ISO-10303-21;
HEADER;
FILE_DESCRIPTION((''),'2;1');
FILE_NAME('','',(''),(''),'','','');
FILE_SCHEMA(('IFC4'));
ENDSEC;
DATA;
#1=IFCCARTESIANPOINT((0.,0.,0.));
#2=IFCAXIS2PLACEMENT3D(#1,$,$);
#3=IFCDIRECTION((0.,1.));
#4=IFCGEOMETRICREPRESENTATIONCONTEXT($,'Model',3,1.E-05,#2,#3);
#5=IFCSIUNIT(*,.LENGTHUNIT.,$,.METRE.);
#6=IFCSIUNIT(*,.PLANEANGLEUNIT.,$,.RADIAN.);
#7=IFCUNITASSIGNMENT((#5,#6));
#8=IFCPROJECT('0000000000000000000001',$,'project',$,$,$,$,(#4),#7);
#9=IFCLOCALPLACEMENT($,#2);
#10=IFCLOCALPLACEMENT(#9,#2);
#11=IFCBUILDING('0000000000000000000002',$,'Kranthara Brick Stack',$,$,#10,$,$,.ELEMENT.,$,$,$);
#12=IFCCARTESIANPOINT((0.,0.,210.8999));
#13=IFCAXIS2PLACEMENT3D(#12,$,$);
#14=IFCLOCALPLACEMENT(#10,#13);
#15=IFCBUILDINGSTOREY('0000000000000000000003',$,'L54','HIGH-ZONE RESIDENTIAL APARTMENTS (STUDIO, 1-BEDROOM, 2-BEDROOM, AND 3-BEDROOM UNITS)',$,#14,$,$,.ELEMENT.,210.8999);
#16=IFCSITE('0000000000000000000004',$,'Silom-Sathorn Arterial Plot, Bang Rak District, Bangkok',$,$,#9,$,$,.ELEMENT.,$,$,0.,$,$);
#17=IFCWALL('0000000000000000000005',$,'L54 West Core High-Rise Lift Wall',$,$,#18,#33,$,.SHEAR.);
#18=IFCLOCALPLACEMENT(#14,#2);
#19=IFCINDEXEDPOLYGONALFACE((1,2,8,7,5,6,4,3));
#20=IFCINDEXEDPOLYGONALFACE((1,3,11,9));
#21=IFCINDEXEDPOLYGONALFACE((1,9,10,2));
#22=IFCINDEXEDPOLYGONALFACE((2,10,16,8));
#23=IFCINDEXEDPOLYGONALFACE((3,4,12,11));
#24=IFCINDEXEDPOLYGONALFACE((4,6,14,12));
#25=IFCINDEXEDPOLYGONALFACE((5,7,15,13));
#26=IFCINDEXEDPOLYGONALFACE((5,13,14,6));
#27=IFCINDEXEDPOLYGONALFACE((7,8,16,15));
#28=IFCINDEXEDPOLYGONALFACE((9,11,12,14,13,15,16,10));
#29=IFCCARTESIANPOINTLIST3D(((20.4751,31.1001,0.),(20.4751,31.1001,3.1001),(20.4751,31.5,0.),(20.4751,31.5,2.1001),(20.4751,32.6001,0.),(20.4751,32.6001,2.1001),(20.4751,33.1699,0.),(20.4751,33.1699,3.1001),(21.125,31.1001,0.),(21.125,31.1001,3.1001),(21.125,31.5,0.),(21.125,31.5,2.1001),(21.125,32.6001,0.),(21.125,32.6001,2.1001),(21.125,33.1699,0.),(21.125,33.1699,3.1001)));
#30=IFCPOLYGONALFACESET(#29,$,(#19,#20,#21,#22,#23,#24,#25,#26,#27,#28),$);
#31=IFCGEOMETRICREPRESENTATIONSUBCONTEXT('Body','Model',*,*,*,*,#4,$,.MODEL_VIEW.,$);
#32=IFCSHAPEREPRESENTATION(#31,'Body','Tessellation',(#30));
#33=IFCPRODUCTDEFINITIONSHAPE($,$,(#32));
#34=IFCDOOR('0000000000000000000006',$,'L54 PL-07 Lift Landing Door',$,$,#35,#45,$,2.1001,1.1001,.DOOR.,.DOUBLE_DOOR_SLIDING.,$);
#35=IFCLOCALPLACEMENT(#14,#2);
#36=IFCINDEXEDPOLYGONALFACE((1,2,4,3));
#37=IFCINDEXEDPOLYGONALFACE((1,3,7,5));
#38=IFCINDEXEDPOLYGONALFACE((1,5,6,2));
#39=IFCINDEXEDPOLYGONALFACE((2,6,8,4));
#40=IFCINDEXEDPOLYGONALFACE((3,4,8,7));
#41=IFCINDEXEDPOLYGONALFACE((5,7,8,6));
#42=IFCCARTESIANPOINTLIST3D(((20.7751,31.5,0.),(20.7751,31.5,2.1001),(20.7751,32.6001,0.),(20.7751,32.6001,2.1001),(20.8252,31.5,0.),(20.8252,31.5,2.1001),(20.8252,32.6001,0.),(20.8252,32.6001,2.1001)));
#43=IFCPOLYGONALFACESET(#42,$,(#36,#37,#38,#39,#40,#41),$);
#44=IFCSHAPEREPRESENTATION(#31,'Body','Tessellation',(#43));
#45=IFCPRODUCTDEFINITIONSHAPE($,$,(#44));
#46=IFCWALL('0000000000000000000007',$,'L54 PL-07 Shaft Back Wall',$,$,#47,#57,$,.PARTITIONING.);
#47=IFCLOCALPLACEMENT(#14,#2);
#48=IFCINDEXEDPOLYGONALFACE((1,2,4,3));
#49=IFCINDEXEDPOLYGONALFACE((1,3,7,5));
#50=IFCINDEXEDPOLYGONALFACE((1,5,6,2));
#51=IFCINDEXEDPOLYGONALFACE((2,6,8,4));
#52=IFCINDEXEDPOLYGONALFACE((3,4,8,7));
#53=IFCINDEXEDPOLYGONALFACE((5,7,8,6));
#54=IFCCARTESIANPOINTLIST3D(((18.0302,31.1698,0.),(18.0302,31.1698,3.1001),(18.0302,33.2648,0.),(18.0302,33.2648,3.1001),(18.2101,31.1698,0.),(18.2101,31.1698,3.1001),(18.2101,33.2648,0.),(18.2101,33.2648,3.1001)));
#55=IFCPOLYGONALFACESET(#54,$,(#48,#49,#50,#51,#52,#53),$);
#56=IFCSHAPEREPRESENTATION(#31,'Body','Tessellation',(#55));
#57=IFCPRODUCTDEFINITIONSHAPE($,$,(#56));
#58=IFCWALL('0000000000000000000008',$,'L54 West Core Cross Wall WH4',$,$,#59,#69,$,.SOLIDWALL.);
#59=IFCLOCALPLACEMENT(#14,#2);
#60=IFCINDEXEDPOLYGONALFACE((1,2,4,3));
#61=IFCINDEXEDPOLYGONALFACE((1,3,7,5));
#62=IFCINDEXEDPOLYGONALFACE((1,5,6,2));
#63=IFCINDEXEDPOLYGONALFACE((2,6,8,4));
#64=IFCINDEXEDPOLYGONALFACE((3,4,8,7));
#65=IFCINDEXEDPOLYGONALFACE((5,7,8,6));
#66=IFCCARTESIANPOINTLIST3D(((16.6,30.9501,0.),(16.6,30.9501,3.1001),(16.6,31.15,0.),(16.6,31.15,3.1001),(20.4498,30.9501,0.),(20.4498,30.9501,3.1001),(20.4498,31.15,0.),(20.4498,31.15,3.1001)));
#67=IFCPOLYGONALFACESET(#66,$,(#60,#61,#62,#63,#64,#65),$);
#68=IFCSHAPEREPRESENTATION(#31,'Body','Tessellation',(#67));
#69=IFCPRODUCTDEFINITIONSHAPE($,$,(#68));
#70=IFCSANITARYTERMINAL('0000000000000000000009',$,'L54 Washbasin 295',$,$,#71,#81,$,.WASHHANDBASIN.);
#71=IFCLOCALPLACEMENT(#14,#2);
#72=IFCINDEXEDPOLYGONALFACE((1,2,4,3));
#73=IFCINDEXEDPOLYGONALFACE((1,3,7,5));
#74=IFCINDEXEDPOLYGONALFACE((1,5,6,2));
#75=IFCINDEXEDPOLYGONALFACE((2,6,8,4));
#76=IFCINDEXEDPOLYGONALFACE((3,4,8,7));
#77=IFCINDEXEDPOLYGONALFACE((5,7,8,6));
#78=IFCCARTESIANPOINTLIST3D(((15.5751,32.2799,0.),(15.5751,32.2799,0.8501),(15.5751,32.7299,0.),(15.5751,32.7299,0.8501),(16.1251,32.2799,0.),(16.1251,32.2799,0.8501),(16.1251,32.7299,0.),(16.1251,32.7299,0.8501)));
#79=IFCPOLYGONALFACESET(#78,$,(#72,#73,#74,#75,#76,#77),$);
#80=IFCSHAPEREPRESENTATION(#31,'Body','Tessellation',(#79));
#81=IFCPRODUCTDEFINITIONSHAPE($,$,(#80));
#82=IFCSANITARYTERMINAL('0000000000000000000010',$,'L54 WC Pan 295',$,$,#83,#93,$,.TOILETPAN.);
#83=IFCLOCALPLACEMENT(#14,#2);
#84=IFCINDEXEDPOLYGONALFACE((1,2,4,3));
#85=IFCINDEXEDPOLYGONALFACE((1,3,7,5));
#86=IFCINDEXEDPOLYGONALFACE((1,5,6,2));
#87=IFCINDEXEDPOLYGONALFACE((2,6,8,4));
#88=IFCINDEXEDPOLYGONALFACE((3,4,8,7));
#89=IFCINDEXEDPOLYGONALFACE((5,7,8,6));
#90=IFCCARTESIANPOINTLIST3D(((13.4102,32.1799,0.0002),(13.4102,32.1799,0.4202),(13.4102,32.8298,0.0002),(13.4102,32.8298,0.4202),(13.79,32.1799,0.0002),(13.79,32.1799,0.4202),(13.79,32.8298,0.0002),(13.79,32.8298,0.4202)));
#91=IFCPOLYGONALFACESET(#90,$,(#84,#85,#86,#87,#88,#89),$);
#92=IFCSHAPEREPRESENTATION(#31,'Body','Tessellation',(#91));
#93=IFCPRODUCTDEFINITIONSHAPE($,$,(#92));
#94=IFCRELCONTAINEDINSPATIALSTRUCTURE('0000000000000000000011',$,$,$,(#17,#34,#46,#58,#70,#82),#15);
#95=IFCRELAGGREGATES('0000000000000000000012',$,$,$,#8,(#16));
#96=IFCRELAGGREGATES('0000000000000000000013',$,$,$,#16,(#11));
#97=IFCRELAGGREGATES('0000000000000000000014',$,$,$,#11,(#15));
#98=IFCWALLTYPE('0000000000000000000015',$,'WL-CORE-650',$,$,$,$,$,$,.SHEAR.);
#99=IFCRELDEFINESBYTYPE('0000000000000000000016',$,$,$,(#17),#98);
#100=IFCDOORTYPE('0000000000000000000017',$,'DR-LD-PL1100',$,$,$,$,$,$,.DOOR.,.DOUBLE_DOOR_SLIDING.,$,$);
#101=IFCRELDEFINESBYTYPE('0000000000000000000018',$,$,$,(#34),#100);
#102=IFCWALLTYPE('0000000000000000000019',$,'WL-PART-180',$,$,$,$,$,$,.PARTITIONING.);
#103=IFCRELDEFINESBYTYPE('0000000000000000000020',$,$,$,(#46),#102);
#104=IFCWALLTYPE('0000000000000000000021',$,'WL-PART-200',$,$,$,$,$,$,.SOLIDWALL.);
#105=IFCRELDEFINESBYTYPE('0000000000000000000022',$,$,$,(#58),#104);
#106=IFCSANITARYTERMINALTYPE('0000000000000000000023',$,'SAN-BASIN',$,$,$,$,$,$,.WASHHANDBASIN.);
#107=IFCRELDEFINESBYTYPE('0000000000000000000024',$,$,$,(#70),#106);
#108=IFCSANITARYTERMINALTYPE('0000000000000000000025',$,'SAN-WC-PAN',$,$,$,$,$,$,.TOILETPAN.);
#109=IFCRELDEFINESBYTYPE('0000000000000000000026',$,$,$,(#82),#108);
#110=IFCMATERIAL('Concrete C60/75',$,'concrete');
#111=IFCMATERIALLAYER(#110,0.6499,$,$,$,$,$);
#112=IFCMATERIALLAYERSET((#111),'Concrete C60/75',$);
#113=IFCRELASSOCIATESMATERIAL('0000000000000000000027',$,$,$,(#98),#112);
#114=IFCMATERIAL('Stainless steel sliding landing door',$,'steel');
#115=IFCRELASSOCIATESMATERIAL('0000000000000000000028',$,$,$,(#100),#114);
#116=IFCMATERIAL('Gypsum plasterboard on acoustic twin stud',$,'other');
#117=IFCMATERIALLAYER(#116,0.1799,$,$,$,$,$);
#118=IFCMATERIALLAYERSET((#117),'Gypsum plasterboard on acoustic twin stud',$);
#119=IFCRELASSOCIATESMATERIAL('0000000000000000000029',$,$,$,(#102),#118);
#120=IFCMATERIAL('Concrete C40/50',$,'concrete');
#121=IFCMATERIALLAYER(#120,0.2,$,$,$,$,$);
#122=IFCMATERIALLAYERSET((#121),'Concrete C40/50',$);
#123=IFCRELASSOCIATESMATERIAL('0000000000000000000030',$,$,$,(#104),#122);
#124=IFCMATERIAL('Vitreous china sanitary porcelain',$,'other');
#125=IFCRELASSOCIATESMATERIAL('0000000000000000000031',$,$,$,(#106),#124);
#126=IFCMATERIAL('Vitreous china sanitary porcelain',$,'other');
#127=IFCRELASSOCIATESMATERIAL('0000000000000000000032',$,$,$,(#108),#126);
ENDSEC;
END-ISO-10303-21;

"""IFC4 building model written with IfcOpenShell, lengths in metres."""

from ifc_helpers import new_model, si_unit, direction, frame, frame_2d, origin, origin_2d, place, context, subcontext, project, spatial, rectangle, extrude, material, layer, layer_set, type_object, element, fill, save


model = new_model("IFC4")

# Units and contexts
model_context = context("Model", 3, precision=1e-05, world=origin(), true_north=direction((0.0, 1.0)))
body_context = subcontext(model_context, "Body", "Model", "MODEL_VIEW")
ifc_project = project(units=[si_unit("LENGTHUNIT", "METRE"), si_unit("PLANEANGLEUNIT", "RADIAN")], contexts=[model_context])

# Site, building, storey
site_placement = place(None, origin())
site = spatial("IfcSite", under=ifc_project, at=site_placement, Name="Silom-Sathorn Arterial Plot, Bang Rak District, Bangkok", CompositionType="ELEMENT", RefElevation=0.0)
building_placement = place(site_placement, origin())
building = spatial("IfcBuilding", under=site, at=building_placement, Name="Kranthara Brick Stack", CompositionType="ELEMENT")
storey_placement = place(building_placement, frame((0.0, 0.0, 210.8999)))
storey = spatial("IfcBuildingStorey", under=building, at=storey_placement, Name="L54", Description="HIGH-ZONE RESIDENTIAL APARTMENTS (STUDIO, 1-BEDROOM, 2-BEDROOM, AND 3-BEDROOM UNITS)", CompositionType="ELEMENT", Elevation=210.8999)

# Wall, opening, door
ifc_material_1 = material(Name="Concrete C60/75", Category="concrete")
ifc_layer_1 = layer(ifc_material_1, 0.6499)
ifc_layer_set_1 = layer_set([ifc_layer_1], Name="Concrete C60/75")
wall_type_1 = type_object("IfcWallType", Name="WL-CORE-650", PredefinedType="SHEAR", material=ifc_layer_set_1)
wall_1_placement = place(storey_placement, frame((20.8, 31.1001, 0.0), z_axis=(0.0, 0.0, 1.0), x_axis=(0.0, 1.0, 0.0)))
wall_1 = element("IfcWall", 1, at=wall_1_placement, inside=storey, type_object=wall_type_1, Name="L54 West Core High-Rise Lift Wall", PredefinedType="SHEAR", context=body_context, shape_type="SweptSolid", body=[
    extrude(rectangle(XDim=2.0698, YDim=0.6499, at=frame_2d((1.0349, 0.0))), origin(), (0.0, 0.0, 1.0), 3.1001),
])
opening_placement = place(wall_1_placement, frame((0.3999, 0.0, 0.0)))
opening = element("IfcOpeningElement", 2, at=opening_placement, cuts=wall_1, PredefinedType="OPENING", context=body_context, shape_type="SweptSolid", body=[
    extrude(rectangle(XDim=1.1001, YDim=2.1001, at=frame_2d((0.55, 1.05))), frame((0.0, 0.335, 0.0), z_axis=(0.0, -1.0, 0.0), x_axis=(1.0, 0.0, 0.0)), (0.0, 0.0, 1.0), 0.6699),
])
ifc_material_2 = material(Name="Stainless steel sliding landing door", Category="steel")
door_type = type_object("IfcDoorType", Name="DR-LD-PL1100", OperationType="DOUBLE_DOOR_SLIDING", PredefinedType="DOOR", material=ifc_material_2)
door_placement = place(opening_placement, origin())
door = element("IfcDoor", 3, at=door_placement, inside=storey, type_object=door_type, Name="L54 PL-07 Lift Landing Door", OperationType="DOUBLE_DOOR_SLIDING", OverallHeight=2.1001, OverallWidth=1.1001, PredefinedType="DOOR", context=body_context, shape_type="SweptSolid", body=[
    extrude(rectangle(XDim=1.1001, YDim=2.1001, at=frame_2d((0.55, 1.05))), frame((0.0, 0.0249, 0.0), z_axis=(0.0, -1.0, 0.0), x_axis=(1.0, 0.0, 0.0)), (0.0, 0.0, 1.0), 0.05),
])
fill(opening, door)

# Walls
ifc_material_3 = material(Name="Gypsum plasterboard on acoustic twin stud", Category="other")
ifc_layer_2 = layer(ifc_material_3, 0.1799)
ifc_layer_set_2 = layer_set([ifc_layer_2], Name="Gypsum plasterboard on acoustic twin stud")
wall_type_2 = type_object("IfcWallType", Name="WL-PART-180", PredefinedType="PARTITIONING", material=ifc_layer_set_2)
wall_2_placement = place(storey_placement, frame((18.1201, 31.1699, 0.0), z_axis=(0.0, 0.0, 1.0), x_axis=(0.0, 1.0, 0.0)))
element("IfcWall", 4, at=wall_2_placement, inside=storey, type_object=wall_type_2, Name="L54 PL-07 Shaft Back Wall", PredefinedType="PARTITIONING", context=body_context, shape_type="SweptSolid", body=[
    extrude(rectangle(XDim=2.095, YDim=0.1799, at=frame_2d((1.0474, 0.0))), origin(), (0.0, 0.0, 1.0), 3.1001),
])
ifc_material_4 = material(Name="Concrete C40/50", Category="concrete")
ifc_layer_3 = layer(ifc_material_4, 0.2)
ifc_layer_set_3 = layer_set([ifc_layer_3], Name="Concrete C40/50")
wall_type_3 = type_object("IfcWallType", Name="WL-PART-200", PredefinedType="SOLIDWALL", material=ifc_layer_set_3)
wall_3_placement = place(storey_placement, frame((16.6001, 31.05, 0.0), z_axis=(0.0, 0.0, 1.0), x_axis=(1.0, 0.0, 0.0)))
element("IfcWall", 5, at=wall_3_placement, inside=storey, type_object=wall_type_3, Name="L54 West Core Cross Wall WH4", PredefinedType="SOLIDWALL", context=body_context, shape_type="SweptSolid", body=[
    extrude(rectangle(XDim=3.8499, YDim=0.2, at=frame_2d((1.9248, 0.0))), origin(), (0.0, 0.0, 1.0), 3.1001),
])

# Sanitary terminals
ifc_material_5 = material(Name="Vitreous china sanitary porcelain", Category="other")
sanitary_terminal_type_1 = type_object("IfcSanitaryTerminalType", Name="SAN-BASIN", PredefinedType="WASHHANDBASIN", material=ifc_material_5)
sanitary_terminal_1_placement = place(storey_placement, frame((15.8501, 32.5049, 0.0), z_axis=(0.0, 0.0, 1.0), x_axis=(1.0, 0.0, 0.0)))
element("IfcSanitaryTerminal", 6, at=sanitary_terminal_1_placement, inside=storey, type_object=sanitary_terminal_type_1, Name="L54 Washbasin 295", PredefinedType="WASHHANDBASIN", context=body_context, shape_type="SweptSolid", body=[
    extrude(rectangle(XDim=0.55, YDim=0.45, at=origin_2d()), origin(), (0.0, 0.0, 1.0), 0.8501),
])
ifc_material_6 = material(Name="Vitreous china sanitary porcelain", Category="other")
sanitary_terminal_type_2 = type_object("IfcSanitaryTerminalType", Name="SAN-WC-PAN", PredefinedType="TOILETPAN", material=ifc_material_6)
sanitary_terminal_2_placement = place(storey_placement, frame((13.6001, 32.5049, 0.0002), z_axis=(0.0, 0.0, 1.0), x_axis=(1.0, 0.0, 0.0)))
element("IfcSanitaryTerminal", 7, at=sanitary_terminal_2_placement, inside=storey, type_object=sanitary_terminal_type_2, Name="L54 WC Pan 295", PredefinedType="TOILETPAN", context=body_context, shape_type="SweptSolid", body=[
    extrude(rectangle(XDim=0.3799, YDim=0.6499, at=origin_2d()), origin(), (0.0, 0.0, 1.0), 0.4199),
])

save(model, "model.ifc")
